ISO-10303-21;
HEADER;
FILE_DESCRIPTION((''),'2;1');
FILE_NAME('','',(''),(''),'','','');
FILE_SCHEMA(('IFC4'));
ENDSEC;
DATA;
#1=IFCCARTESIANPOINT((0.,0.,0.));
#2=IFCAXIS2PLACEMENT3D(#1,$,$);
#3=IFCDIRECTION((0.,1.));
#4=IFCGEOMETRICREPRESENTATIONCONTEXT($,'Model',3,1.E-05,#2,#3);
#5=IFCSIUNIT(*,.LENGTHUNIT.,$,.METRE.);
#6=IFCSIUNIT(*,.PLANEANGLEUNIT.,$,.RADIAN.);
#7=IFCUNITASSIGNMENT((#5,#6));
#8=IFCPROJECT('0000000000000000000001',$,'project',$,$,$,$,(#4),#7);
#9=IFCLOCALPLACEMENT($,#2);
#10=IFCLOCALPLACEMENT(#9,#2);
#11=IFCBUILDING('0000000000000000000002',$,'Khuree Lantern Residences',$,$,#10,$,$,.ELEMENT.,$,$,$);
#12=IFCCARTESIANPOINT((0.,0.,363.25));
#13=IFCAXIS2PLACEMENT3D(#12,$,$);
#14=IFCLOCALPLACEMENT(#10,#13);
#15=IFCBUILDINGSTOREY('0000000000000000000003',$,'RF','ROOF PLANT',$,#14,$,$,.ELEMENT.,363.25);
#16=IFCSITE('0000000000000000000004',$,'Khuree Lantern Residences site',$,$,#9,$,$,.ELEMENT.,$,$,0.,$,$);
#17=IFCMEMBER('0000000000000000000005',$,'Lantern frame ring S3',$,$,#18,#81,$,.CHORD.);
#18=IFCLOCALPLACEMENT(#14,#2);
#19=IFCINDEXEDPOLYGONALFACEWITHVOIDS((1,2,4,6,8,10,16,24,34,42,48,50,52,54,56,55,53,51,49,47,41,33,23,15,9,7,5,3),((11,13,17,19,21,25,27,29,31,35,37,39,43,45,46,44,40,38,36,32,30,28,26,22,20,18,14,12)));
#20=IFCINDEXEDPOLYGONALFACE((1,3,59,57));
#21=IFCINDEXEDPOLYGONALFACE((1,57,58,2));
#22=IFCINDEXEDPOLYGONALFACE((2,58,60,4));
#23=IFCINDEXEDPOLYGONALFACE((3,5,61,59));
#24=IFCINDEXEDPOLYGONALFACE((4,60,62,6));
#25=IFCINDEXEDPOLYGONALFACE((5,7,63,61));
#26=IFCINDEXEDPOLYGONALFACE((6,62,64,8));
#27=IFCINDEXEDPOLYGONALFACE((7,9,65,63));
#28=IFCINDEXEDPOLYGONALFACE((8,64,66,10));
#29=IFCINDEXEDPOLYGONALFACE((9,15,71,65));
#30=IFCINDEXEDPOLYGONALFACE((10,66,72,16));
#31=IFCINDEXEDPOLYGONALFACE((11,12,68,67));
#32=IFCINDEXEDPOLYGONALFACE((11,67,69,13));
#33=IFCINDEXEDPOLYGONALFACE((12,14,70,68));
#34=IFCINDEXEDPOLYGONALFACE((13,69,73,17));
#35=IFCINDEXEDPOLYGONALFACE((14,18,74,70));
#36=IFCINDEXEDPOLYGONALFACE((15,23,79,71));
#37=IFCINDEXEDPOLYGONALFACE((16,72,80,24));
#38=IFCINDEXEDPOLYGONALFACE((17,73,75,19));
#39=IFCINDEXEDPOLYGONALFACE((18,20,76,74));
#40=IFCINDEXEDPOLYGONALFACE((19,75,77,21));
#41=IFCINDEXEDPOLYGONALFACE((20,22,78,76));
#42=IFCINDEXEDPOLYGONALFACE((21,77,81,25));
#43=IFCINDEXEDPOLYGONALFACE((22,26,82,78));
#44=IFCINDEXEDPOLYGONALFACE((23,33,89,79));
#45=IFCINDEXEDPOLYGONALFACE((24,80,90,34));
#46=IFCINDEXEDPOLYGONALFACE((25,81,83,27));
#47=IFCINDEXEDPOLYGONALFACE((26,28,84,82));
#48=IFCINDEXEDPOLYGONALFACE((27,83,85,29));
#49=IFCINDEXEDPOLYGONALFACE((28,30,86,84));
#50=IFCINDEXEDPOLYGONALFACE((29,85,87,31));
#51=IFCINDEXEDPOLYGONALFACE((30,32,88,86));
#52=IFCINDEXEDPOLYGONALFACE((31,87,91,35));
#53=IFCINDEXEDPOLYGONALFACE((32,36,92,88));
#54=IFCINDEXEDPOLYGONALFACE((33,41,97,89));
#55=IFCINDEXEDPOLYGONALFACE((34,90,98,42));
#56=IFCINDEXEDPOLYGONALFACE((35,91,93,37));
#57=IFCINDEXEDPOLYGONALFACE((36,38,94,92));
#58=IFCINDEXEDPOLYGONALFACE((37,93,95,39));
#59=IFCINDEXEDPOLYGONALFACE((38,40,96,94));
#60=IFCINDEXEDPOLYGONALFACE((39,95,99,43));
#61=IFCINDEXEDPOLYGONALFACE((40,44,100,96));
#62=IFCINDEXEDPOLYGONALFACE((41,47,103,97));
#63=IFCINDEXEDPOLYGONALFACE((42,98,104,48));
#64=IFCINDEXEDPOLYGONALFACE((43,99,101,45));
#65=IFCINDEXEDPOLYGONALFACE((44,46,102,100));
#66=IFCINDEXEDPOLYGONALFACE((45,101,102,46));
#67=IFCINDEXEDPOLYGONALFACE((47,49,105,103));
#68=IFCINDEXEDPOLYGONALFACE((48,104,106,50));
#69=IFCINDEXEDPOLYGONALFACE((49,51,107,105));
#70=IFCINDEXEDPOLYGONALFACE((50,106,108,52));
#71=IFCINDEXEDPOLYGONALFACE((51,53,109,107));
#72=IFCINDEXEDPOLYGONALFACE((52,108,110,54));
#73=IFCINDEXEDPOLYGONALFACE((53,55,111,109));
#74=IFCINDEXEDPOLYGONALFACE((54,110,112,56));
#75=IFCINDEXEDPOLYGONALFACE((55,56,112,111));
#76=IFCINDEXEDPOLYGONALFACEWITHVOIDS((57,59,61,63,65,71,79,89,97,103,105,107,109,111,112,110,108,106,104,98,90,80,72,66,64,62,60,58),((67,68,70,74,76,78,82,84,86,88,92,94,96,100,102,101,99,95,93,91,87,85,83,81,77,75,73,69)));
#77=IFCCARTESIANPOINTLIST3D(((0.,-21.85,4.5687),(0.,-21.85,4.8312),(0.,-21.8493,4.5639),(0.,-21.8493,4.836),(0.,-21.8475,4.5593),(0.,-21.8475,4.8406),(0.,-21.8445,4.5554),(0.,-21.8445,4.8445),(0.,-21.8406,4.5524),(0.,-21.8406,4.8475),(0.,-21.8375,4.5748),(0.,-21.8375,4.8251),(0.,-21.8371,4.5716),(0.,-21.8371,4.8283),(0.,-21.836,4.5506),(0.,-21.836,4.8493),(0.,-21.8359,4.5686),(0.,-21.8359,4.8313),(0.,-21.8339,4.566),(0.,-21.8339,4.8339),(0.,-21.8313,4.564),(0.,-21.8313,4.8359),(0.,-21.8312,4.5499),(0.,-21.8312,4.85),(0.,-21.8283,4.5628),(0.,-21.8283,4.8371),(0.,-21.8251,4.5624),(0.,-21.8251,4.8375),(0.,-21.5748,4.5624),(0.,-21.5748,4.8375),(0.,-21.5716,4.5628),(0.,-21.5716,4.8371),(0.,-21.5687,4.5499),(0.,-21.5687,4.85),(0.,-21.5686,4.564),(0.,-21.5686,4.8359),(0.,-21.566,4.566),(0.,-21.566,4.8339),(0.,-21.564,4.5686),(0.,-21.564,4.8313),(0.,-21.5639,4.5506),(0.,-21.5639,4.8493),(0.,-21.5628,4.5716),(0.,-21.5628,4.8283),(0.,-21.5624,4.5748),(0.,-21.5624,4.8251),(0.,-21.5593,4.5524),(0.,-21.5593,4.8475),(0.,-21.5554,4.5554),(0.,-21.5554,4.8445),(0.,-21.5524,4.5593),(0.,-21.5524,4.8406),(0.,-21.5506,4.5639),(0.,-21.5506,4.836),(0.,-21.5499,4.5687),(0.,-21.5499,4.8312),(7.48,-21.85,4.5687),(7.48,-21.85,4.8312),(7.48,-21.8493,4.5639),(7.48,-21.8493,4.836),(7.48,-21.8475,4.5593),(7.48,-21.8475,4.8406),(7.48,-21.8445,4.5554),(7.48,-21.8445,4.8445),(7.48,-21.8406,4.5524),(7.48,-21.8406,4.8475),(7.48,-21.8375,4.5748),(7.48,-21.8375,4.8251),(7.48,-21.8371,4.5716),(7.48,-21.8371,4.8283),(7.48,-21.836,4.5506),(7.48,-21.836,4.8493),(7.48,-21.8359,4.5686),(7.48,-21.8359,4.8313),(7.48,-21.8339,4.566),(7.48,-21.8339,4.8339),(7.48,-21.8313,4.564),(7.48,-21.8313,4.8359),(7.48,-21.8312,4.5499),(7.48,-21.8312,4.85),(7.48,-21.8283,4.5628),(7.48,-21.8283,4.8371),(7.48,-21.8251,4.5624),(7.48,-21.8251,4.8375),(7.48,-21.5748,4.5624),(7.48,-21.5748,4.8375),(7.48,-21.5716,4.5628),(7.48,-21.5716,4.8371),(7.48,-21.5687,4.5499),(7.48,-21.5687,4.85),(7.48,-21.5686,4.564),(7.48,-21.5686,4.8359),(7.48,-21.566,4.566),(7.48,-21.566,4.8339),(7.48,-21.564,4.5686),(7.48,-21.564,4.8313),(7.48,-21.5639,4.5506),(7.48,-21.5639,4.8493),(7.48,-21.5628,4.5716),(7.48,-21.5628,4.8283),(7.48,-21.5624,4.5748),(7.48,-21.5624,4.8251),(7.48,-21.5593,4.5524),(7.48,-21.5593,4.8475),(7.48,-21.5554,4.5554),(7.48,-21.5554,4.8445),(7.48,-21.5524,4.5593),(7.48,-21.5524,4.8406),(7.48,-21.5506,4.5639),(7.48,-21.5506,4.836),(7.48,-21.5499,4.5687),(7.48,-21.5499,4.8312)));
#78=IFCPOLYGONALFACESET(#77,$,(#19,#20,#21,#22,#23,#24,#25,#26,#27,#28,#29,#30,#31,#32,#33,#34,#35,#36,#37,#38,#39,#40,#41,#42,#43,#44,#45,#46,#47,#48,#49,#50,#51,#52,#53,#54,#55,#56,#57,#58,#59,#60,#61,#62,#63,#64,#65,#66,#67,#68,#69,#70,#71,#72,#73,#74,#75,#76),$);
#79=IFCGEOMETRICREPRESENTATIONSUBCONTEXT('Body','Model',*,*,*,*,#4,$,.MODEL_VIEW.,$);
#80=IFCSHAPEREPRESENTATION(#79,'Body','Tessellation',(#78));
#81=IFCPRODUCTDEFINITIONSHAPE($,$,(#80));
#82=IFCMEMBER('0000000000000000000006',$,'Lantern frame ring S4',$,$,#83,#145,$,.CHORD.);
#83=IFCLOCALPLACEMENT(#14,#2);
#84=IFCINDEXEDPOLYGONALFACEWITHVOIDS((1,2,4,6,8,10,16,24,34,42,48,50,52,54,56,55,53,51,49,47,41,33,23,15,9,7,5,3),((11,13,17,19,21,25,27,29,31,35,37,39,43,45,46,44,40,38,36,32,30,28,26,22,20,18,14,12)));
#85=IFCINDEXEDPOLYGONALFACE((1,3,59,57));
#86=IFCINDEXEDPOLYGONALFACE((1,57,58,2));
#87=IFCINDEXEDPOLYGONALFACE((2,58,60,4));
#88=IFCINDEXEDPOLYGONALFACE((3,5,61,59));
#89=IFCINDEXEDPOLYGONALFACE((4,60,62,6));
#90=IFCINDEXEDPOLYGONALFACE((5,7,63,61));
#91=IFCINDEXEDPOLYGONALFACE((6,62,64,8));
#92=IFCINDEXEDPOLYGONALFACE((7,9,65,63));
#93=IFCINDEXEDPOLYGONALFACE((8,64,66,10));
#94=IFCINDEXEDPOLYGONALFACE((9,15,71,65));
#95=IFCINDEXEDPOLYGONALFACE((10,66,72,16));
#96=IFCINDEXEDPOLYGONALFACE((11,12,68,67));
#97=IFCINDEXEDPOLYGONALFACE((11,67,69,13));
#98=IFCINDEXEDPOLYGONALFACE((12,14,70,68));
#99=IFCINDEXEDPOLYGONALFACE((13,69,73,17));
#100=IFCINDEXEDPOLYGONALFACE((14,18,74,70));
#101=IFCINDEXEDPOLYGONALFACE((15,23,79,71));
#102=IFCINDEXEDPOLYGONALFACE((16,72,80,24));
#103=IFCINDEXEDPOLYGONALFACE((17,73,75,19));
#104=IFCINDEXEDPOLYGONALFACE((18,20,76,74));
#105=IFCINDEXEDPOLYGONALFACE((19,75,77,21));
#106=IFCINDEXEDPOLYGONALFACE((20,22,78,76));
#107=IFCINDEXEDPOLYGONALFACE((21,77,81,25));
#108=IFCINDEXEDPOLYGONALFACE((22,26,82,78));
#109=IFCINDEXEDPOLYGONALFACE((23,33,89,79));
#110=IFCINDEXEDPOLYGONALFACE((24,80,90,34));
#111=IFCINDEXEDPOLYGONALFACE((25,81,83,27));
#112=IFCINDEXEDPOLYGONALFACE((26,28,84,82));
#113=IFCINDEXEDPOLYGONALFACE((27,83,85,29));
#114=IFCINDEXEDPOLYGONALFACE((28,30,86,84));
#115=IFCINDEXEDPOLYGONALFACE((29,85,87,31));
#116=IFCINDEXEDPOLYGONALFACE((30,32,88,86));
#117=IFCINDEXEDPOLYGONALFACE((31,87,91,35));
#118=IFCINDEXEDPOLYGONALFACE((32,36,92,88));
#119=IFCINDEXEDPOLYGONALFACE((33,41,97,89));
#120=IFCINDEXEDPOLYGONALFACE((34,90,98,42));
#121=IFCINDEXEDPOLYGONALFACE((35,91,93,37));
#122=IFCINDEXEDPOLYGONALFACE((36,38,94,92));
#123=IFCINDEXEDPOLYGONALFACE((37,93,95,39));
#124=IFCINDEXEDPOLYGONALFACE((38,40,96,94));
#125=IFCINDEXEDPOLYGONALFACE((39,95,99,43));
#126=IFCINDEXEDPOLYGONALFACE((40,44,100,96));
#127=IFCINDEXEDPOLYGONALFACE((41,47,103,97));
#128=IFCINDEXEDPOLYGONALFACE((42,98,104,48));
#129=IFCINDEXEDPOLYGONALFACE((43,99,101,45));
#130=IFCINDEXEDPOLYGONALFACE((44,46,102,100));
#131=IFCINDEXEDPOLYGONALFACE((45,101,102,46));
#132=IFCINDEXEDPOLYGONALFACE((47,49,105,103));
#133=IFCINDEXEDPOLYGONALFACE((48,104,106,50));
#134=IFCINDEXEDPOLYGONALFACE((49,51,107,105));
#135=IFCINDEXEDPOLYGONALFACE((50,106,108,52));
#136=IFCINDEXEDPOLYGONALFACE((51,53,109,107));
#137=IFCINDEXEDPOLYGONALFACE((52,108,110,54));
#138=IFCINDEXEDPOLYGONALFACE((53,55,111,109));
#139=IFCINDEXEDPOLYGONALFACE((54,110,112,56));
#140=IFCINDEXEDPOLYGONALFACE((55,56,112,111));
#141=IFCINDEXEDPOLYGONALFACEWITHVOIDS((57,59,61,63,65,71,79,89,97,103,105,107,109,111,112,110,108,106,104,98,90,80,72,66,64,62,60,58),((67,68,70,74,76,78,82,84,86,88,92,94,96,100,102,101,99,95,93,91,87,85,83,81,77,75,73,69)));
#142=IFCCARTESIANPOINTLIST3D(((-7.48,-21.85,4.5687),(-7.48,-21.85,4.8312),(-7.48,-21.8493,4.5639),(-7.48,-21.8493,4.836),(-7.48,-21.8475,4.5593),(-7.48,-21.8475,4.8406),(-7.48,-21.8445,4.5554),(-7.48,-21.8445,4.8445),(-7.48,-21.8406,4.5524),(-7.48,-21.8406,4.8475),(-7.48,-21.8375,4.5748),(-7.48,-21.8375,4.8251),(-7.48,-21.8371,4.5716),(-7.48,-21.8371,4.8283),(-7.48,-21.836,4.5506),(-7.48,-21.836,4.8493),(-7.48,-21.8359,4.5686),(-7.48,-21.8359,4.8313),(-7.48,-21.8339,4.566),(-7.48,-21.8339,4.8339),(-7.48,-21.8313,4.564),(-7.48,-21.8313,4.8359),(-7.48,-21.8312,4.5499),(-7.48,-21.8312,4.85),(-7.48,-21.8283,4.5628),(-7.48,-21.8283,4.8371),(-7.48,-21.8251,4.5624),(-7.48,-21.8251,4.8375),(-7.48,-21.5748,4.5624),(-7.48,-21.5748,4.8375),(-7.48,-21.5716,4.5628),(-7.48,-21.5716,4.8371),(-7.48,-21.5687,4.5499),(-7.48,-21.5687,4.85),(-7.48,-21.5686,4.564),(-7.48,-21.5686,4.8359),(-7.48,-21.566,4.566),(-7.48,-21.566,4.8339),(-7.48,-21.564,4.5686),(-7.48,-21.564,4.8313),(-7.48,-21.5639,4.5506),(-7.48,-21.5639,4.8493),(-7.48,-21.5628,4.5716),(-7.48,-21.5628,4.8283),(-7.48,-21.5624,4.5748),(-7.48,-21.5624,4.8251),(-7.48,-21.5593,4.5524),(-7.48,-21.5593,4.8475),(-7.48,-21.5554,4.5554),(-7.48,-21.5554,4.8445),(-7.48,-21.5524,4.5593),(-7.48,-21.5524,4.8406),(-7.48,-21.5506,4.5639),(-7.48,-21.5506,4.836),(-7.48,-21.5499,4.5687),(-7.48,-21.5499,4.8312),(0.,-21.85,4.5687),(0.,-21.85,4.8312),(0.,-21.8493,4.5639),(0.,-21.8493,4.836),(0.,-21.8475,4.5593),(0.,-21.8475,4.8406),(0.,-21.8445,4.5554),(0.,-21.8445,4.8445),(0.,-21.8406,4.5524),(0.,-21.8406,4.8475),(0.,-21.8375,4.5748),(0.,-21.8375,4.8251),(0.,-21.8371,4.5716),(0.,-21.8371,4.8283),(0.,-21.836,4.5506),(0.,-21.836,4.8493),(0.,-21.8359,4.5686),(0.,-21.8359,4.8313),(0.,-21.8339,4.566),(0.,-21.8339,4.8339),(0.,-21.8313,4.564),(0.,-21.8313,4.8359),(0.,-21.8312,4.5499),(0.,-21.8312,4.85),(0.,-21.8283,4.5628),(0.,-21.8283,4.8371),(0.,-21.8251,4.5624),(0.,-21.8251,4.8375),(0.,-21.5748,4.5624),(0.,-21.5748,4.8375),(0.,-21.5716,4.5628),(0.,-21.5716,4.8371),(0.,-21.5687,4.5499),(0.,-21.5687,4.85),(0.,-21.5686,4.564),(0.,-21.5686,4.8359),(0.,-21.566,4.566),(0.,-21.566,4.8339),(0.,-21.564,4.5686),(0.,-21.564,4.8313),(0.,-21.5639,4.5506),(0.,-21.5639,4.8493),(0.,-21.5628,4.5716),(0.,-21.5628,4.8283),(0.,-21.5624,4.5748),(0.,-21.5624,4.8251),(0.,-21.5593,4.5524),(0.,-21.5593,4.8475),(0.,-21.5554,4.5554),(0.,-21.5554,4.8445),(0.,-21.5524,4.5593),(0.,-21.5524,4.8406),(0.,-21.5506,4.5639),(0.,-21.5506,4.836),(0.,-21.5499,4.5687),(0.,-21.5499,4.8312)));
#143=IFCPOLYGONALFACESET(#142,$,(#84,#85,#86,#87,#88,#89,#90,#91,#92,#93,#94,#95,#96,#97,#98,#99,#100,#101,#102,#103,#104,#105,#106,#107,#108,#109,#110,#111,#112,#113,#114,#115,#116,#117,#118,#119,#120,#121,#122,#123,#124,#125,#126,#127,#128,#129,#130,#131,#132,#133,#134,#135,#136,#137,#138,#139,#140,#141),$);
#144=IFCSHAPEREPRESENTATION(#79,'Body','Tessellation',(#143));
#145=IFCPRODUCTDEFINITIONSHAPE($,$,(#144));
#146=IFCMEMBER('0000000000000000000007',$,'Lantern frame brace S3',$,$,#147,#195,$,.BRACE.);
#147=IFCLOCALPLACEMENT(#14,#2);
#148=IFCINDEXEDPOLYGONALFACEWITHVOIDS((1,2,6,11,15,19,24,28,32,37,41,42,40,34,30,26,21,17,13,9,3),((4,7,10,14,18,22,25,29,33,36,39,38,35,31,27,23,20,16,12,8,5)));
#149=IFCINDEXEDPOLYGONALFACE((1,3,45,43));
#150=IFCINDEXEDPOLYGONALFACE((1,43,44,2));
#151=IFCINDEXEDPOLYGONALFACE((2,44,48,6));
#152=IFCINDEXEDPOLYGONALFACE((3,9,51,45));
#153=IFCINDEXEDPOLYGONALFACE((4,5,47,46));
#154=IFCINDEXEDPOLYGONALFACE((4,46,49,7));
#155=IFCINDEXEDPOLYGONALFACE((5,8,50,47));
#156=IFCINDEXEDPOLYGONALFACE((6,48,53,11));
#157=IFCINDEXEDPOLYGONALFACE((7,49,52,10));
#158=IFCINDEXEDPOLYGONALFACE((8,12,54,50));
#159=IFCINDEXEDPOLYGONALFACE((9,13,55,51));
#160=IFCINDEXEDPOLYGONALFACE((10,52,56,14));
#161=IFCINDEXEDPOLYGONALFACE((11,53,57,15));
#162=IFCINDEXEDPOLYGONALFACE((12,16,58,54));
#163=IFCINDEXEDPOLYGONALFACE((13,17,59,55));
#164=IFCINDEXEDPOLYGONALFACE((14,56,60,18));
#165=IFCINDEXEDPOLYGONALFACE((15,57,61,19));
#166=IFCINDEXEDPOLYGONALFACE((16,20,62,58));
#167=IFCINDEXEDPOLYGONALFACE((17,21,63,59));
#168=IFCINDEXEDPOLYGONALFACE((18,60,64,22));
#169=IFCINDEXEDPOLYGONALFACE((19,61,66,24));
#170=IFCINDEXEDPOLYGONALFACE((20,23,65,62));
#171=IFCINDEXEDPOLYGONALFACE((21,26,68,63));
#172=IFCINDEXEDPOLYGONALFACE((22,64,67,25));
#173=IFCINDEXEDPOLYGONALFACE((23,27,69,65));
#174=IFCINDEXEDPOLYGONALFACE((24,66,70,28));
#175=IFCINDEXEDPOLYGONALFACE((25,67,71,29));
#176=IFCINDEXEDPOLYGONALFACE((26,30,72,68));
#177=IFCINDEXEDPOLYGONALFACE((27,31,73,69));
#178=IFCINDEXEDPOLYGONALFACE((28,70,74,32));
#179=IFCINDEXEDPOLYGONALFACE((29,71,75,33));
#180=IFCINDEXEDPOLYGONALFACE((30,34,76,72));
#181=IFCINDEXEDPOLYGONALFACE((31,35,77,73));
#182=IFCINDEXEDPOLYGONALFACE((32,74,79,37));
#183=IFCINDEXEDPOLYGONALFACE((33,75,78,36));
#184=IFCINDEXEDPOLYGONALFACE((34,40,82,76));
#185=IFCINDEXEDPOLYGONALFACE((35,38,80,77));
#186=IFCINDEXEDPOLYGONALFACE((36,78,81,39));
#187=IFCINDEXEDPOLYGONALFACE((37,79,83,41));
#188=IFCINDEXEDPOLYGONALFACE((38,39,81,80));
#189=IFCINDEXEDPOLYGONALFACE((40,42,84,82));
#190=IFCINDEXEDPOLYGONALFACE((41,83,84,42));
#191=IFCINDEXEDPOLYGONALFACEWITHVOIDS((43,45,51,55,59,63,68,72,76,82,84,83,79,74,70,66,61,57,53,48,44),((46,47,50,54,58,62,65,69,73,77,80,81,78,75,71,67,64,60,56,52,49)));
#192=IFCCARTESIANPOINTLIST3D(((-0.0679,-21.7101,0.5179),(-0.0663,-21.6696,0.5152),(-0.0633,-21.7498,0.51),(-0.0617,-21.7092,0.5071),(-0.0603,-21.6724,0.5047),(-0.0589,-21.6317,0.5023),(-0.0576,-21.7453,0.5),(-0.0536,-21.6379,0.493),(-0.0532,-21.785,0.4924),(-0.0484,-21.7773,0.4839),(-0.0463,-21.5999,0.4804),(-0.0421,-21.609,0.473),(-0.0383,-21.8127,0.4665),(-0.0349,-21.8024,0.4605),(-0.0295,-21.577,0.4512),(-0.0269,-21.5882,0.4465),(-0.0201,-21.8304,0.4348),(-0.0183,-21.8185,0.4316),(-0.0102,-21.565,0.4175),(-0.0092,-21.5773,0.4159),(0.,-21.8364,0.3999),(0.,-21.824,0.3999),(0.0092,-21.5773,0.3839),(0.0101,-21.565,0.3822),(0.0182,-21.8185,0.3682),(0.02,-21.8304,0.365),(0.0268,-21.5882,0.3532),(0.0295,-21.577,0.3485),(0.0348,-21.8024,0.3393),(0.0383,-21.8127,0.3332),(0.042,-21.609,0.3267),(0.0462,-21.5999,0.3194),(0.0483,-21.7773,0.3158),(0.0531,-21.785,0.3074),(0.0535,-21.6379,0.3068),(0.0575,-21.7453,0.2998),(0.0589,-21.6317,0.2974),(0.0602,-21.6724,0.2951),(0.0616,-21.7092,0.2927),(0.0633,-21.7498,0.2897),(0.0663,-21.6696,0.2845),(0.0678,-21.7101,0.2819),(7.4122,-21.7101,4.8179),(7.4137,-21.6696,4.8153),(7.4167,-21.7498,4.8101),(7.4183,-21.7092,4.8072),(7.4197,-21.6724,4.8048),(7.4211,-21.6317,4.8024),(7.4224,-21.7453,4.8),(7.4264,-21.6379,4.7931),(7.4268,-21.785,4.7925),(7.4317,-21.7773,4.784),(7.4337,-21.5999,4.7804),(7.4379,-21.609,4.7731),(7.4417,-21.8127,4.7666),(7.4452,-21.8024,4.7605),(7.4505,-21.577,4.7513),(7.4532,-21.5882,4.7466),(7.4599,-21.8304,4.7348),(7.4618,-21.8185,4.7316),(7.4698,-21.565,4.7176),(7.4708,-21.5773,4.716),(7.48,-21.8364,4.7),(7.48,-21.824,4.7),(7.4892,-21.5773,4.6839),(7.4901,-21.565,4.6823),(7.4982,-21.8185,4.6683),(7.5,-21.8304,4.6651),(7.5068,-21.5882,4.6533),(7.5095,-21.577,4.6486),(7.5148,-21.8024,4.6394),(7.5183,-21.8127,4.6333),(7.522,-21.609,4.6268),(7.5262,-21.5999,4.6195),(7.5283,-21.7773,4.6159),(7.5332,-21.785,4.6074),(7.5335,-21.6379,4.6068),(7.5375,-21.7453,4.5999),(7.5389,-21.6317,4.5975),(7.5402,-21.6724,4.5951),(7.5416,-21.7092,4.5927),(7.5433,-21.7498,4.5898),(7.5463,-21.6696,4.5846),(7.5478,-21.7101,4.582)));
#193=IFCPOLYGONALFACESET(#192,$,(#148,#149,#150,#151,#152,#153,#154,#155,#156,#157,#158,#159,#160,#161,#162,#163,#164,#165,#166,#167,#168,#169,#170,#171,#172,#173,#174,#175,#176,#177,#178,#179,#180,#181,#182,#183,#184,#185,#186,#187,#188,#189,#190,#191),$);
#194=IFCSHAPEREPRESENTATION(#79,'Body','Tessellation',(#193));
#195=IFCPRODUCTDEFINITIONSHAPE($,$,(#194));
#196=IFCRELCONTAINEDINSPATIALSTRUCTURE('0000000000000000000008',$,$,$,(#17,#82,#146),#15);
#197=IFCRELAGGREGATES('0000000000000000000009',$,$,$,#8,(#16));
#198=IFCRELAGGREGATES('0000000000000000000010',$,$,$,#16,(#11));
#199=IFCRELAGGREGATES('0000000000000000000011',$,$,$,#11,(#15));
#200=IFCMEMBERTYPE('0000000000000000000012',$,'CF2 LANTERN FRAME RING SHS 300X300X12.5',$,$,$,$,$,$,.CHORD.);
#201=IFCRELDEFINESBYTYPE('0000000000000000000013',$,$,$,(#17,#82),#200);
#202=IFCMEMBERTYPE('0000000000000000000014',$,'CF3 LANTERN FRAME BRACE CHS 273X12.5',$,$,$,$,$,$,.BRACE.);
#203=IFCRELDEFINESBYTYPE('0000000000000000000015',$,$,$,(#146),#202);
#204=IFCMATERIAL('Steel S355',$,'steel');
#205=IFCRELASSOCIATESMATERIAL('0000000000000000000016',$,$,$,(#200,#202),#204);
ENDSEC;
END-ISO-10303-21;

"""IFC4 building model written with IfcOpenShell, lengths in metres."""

from ifc_helpers import new_model, si_unit, direction, frame, origin, origin_2d, place, context, subcontext, project, spatial, hollow_rectangle, hollow_circle, extrude, material, material_profile, profile_set, type_object, element, save


model = new_model("IFC4")

# Units and contexts
model_context = context("Model", 3, precision=1e-05, world=origin(), true_north=direction((0.0, 1.0)))
body_context = subcontext(model_context, "Body", "Model", "MODEL_VIEW")
ifc_project = project(units=[si_unit("LENGTHUNIT", "METRE"), si_unit("PLANEANGLEUNIT", "RADIAN")], contexts=[model_context])

# Site, building, storey
site_placement = place(None, origin())
site = spatial("IfcSite", under=ifc_project, at=site_placement, Name="Khuree Lantern Residences site", CompositionType="ELEMENT", RefElevation=0.0)
building_placement = place(site_placement, origin())
building = spatial("IfcBuilding", under=site, at=building_placement, Name="Khuree Lantern Residences", CompositionType="ELEMENT")
storey_placement = place(building_placement, frame((0.0, 0.0, 363.25)))
storey = spatial("IfcBuildingStorey", under=building, at=storey_placement, Name="RF", Description="ROOF PLANT", CompositionType="ELEMENT", Elevation=363.25)

# Shared definitions
ifc_material_1 = material(Name="Steel S355", Category="steel")

# Members
ifc_material_profile_1 = material_profile(ifc_material_1, hollow_rectangle(XDim=0.3, YDim=0.3, WallThickness=0.0125, InnerFilletRadius=0.0125, OuterFilletRadius=0.0188, at=origin_2d()), Name="SHS 300X300X12.5")
ifc_profile_set_1 = profile_set([ifc_material_profile_1], Name="Steel S355")
member_type_1 = type_object("IfcMemberType", Name="CF2 LANTERN FRAME RING SHS 300X300X12.5", PredefinedType="CHORD", material=ifc_profile_set_1)
for number, where, z_axis, x_axis, name in (
    (1, (7.48, -21.7, 4.7), (-1.0, 0.0, 0.0), (0.0, -1.0, 0.0), "Lantern frame ring S3"),
    (2, (0.0, -21.7, 4.7), (-1.0, 0.0, 0.0), (0.0, -1.0, 0.0), "Lantern frame ring S4"),
):
    element("IfcMember", number, at=place(storey_placement, frame(where, z_axis=z_axis, x_axis=x_axis)), inside=storey, type_object=member_type_1, Name=name, PredefinedType="CHORD", context=body_context, shape_type="SweptSolid", body=[
        extrude(hollow_rectangle(XDim=0.3, YDim=0.3, WallThickness=0.0125, InnerFilletRadius=0.0125, OuterFilletRadius=0.0188, at=origin_2d()), origin(), (0.0, 0.0, 1.0), 7.48),
    ])
ifc_material_profile_2 = material_profile(ifc_material_1, hollow_circle(Radius=0.1365, WallThickness=0.0125, at=origin_2d()), Name="CHS 273X12.5")
ifc_profile_set_2 = profile_set([ifc_material_profile_2], Name="Steel S355")
member_type_2 = type_object("IfcMemberType", Name="CF3 LANTERN FRAME BRACE CHS 273X12.5", PredefinedType="BRACE", material=ifc_profile_set_2)
for number, where, z_axis, x_axis, name in (
    (3, (7.48, -21.7, 4.7), (-0.866953, 0.0, -0.498389), (0.0, -1.0, 0.0), "Lantern frame brace S3"),
):
    element("IfcMember", number, at=place(storey_placement, frame(where, z_axis=z_axis, x_axis=x_axis)), inside=storey, type_object=member_type_2, Name=name, PredefinedType="BRACE", context=body_context, shape_type="SweptSolid", body=[
        extrude(hollow_circle(Radius=0.1365, WallThickness=0.0125, at=origin_2d()), origin(), (0.0, 0.0, 1.0), 8.6279),
    ])

save(model, "model.ifc")
